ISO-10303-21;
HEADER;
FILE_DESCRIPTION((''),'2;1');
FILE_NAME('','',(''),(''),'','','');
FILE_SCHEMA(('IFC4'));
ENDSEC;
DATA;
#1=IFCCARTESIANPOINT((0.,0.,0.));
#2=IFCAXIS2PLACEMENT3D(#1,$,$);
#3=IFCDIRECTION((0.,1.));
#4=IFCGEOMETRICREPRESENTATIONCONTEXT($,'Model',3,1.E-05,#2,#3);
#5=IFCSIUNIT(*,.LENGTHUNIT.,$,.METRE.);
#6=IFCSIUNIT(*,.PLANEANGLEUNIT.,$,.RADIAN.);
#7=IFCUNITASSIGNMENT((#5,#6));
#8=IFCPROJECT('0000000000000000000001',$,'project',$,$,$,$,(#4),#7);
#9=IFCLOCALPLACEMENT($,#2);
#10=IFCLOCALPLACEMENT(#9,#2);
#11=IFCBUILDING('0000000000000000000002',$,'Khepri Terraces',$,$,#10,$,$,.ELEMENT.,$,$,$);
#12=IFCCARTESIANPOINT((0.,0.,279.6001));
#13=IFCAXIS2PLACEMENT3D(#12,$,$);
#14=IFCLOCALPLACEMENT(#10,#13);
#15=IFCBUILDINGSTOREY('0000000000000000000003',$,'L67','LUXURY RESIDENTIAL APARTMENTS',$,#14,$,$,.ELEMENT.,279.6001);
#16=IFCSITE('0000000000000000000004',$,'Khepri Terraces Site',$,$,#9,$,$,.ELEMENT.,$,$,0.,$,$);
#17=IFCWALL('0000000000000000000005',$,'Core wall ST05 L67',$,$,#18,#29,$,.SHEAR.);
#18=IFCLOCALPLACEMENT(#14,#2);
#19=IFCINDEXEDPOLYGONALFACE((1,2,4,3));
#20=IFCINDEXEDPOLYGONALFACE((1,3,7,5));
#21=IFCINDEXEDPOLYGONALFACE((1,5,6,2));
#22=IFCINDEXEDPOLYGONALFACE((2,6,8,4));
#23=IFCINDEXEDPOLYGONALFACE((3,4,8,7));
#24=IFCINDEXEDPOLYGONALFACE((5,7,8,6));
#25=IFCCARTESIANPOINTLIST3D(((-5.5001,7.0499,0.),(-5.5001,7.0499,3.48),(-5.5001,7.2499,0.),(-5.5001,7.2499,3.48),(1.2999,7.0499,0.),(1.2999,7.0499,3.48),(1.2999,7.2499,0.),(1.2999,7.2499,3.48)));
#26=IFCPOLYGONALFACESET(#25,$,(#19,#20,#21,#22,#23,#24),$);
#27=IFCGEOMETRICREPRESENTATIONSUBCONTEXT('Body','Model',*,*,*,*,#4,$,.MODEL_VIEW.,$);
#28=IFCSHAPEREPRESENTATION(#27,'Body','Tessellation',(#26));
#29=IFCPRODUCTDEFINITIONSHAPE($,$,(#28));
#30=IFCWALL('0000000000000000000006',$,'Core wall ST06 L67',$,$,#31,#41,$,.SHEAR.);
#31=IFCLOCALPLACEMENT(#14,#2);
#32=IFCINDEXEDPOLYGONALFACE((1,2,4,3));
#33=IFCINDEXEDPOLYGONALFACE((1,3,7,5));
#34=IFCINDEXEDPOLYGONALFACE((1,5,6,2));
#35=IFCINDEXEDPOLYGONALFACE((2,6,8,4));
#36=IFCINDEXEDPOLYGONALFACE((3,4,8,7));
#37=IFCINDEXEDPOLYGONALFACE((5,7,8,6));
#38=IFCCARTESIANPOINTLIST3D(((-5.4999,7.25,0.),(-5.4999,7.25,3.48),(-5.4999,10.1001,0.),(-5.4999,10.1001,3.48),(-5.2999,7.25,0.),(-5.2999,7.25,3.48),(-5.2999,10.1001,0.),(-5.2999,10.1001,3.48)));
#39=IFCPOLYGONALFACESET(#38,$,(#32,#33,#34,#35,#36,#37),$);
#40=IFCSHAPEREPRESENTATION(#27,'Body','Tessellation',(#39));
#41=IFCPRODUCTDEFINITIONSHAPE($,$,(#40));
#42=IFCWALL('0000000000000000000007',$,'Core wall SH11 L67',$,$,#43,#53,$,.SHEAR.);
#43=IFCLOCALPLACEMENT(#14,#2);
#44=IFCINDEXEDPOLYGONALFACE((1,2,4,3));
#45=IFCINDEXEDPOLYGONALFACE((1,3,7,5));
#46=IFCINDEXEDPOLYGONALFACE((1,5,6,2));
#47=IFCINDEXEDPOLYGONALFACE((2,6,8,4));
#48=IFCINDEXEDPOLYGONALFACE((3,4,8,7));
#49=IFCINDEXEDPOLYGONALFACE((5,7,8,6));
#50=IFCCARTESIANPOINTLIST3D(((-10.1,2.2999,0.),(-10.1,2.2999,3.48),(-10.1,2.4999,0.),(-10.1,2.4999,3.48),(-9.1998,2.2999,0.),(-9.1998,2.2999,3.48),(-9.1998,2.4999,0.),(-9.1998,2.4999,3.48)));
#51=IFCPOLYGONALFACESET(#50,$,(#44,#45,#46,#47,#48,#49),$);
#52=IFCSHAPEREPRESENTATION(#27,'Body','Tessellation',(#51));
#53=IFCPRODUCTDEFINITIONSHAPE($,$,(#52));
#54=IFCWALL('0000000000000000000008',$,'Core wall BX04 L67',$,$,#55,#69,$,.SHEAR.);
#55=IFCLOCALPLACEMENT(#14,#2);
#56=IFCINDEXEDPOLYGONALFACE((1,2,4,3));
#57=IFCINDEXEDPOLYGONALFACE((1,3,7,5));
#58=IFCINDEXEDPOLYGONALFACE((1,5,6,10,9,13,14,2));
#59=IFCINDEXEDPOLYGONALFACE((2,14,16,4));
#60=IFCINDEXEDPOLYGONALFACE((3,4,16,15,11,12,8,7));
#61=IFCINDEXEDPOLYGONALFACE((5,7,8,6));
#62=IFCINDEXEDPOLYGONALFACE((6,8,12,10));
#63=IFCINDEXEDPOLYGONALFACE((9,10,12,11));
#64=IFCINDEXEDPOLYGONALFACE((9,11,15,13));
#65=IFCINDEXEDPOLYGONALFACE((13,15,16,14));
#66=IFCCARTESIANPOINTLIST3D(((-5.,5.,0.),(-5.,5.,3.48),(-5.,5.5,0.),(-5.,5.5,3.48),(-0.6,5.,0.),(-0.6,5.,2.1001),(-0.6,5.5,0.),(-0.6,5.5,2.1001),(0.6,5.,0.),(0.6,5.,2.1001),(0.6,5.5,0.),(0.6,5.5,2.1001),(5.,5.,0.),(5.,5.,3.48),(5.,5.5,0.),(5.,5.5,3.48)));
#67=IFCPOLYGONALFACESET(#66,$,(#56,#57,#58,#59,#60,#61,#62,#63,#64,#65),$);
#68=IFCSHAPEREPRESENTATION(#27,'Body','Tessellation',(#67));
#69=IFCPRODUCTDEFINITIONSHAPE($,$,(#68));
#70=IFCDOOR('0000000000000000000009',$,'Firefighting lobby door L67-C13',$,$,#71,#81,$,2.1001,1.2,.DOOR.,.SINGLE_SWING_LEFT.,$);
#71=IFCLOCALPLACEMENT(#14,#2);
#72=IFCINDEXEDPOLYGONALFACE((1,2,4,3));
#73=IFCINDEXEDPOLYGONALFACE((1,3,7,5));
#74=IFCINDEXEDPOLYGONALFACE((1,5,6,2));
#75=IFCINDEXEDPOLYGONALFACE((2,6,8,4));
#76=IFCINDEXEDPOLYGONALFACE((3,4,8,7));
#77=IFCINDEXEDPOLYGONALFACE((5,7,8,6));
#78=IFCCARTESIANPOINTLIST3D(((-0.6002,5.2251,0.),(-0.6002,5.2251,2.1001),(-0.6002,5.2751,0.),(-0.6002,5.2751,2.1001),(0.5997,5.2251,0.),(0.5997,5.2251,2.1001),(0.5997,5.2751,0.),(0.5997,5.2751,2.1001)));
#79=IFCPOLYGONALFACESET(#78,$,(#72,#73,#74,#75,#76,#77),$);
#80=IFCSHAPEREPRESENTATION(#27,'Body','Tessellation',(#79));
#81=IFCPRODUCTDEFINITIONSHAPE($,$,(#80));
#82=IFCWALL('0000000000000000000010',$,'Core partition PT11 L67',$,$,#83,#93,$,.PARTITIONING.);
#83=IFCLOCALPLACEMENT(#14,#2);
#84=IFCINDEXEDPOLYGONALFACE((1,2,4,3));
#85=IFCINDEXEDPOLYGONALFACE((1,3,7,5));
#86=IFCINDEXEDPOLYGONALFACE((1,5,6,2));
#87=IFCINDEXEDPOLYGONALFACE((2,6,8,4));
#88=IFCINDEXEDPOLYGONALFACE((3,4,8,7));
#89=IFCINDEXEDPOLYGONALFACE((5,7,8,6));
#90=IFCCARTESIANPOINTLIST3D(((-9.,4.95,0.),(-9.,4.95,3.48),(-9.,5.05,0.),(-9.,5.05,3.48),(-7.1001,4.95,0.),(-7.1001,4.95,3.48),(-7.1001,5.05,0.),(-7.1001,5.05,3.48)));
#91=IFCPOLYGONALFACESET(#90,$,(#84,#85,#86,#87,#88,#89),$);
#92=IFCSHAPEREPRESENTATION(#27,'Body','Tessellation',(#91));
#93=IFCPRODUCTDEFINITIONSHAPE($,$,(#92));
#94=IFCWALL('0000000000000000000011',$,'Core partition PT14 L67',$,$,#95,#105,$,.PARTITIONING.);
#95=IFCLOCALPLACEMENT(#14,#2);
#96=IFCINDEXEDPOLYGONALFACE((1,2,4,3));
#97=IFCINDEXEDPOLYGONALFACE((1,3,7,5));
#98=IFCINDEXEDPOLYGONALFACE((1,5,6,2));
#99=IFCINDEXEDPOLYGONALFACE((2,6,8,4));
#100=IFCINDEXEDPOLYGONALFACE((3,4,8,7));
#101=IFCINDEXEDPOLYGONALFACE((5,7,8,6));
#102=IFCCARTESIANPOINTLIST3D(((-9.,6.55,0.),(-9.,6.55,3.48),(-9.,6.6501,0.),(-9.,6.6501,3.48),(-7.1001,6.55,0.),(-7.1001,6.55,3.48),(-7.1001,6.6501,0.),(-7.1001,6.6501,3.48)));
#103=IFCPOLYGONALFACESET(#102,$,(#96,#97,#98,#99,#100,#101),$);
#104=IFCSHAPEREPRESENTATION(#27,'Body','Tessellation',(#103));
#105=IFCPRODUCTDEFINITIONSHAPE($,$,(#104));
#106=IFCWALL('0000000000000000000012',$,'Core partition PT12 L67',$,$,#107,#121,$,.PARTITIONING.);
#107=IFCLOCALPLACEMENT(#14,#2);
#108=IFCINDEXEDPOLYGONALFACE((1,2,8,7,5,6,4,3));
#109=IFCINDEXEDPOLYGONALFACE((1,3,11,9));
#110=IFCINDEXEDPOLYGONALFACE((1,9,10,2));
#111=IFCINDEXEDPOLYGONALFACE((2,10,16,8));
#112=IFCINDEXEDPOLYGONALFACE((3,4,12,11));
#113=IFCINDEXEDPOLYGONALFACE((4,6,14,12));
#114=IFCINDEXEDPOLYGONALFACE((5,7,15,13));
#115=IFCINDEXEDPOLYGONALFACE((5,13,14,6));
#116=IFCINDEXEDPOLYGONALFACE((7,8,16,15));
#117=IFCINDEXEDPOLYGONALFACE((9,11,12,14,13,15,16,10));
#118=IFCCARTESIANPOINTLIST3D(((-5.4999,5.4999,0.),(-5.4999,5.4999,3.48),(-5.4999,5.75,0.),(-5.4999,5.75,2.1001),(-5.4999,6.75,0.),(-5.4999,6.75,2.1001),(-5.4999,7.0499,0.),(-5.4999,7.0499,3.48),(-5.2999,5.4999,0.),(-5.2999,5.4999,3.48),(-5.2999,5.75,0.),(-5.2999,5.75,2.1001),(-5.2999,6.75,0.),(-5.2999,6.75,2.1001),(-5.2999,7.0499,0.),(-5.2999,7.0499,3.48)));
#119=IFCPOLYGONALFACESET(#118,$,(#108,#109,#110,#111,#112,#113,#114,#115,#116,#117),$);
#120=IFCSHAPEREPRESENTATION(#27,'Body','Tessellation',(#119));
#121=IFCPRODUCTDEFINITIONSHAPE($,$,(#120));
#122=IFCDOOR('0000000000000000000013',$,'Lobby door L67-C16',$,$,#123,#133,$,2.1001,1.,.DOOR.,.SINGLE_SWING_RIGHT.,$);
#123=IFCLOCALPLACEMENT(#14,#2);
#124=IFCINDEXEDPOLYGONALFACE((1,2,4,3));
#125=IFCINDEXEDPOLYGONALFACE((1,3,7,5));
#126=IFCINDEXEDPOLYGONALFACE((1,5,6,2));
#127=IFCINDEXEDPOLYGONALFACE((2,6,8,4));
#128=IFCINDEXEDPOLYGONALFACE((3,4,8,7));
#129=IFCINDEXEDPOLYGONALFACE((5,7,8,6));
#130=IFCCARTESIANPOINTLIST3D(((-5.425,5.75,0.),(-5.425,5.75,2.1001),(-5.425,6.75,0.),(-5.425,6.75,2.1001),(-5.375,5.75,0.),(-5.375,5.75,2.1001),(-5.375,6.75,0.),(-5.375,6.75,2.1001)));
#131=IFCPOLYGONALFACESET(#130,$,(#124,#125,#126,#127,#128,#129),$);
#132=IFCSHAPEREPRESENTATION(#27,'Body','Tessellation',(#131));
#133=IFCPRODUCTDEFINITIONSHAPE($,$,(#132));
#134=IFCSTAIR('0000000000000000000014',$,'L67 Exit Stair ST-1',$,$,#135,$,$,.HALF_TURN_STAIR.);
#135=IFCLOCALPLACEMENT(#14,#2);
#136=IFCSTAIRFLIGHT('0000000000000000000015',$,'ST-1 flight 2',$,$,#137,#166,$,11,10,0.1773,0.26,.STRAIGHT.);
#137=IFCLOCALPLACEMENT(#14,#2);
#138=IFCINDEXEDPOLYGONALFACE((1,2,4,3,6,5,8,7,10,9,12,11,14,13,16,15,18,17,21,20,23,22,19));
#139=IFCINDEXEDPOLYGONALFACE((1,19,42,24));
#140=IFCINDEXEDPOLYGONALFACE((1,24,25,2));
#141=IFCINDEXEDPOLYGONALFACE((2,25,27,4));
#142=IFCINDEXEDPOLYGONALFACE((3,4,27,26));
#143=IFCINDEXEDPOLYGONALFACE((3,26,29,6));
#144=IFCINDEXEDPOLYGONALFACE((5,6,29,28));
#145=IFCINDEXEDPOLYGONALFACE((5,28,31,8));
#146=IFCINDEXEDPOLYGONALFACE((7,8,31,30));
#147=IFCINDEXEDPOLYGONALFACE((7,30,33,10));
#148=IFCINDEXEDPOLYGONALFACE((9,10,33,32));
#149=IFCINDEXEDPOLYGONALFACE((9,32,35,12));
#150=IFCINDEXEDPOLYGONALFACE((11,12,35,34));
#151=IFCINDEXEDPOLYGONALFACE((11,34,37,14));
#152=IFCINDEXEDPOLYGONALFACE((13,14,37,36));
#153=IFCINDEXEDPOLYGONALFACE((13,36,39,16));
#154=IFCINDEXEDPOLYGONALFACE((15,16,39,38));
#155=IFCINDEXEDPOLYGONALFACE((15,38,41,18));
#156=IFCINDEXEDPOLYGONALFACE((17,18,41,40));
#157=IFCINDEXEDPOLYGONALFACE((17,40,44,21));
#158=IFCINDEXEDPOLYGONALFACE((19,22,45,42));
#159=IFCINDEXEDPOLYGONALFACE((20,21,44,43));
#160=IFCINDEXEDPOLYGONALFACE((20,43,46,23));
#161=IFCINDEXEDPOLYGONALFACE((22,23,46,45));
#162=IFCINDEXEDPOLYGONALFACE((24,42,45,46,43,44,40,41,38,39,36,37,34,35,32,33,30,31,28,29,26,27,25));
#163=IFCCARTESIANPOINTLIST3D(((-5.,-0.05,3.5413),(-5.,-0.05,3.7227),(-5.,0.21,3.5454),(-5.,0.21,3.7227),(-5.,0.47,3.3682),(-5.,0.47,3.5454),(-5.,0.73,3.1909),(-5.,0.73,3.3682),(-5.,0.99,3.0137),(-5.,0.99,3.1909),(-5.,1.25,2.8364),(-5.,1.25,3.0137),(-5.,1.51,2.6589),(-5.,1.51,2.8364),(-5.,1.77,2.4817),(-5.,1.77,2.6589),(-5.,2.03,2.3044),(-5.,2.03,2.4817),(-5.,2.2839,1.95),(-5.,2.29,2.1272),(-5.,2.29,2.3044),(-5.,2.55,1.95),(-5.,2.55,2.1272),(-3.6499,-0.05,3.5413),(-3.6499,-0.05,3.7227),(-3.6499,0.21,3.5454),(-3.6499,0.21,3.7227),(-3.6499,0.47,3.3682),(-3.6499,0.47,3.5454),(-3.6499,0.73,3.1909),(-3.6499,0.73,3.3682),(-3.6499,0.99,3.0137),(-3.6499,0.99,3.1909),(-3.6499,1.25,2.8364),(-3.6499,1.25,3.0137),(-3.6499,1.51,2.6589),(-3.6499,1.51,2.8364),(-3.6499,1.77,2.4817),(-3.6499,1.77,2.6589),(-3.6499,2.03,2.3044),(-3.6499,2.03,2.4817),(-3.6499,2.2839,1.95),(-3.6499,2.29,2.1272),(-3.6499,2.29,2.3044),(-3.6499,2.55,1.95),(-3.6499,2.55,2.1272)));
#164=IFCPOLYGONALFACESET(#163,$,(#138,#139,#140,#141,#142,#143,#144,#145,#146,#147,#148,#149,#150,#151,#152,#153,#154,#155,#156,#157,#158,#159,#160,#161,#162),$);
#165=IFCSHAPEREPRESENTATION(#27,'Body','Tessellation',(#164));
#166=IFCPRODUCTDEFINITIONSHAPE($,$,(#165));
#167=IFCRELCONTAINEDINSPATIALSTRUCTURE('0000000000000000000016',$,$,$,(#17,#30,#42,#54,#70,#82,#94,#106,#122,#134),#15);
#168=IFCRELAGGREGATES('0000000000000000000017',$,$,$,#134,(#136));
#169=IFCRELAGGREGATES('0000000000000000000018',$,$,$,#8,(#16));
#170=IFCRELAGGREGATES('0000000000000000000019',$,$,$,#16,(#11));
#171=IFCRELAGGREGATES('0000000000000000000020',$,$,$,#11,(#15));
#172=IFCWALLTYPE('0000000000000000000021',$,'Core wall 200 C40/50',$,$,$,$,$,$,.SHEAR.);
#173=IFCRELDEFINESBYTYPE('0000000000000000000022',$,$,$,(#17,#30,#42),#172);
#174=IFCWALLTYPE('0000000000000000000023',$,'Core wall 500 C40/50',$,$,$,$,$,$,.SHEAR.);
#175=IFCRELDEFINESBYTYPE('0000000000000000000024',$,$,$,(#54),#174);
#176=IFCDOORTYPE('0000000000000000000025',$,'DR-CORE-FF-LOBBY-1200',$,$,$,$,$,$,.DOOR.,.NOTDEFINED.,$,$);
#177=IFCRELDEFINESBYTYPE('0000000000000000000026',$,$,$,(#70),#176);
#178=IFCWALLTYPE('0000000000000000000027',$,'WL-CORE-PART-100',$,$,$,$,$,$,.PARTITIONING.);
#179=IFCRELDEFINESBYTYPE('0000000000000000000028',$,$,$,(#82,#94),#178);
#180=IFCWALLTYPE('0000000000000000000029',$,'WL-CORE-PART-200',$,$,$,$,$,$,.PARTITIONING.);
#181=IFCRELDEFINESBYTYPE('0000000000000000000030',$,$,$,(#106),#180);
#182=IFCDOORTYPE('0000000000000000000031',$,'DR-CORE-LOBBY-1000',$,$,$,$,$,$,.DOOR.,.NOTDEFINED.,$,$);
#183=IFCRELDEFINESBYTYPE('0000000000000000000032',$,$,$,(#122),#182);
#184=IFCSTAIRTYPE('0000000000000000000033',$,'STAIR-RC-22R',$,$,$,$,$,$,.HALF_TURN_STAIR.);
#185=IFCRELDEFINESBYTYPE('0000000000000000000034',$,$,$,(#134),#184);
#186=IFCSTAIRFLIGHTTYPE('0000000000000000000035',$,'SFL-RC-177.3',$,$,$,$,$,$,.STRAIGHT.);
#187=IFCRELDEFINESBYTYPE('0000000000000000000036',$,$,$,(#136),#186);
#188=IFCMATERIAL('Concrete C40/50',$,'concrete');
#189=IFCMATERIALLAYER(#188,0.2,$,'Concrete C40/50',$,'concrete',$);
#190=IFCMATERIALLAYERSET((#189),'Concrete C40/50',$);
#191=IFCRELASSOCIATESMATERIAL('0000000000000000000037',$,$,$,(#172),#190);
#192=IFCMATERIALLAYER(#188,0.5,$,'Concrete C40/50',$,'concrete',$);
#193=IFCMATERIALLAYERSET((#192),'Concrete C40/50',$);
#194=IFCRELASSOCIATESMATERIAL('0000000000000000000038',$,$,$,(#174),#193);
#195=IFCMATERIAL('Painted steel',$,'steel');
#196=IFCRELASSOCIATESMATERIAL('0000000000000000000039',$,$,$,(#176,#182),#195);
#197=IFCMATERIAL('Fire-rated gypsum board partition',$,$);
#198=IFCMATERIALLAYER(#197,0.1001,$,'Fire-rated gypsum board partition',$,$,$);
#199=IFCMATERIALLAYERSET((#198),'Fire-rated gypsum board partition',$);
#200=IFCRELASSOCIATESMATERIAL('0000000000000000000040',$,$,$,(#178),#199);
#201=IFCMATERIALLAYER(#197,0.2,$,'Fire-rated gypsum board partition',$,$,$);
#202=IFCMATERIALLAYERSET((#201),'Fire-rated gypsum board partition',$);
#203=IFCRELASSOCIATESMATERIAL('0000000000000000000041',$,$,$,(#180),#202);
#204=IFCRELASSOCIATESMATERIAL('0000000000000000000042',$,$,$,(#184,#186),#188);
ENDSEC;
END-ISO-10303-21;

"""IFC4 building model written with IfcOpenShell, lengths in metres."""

from ifc_helpers import new_model, si_unit, direction, frame, frame_2d, origin, place, context, subcontext, project, spatial, polyline, rectangle, outline, extrude, material, layer, layer_set, type_object, element, fill, aggregate, save


model = new_model("IFC4")

# Units and contexts
model_context = context("Model", 3, precision=1e-05, world=origin(), true_north=direction((0.0, 1.0)))
body_context = subcontext(model_context, "Body", "Model", "MODEL_VIEW")
ifc_project = project(units=[si_unit("LENGTHUNIT", "METRE"), si_unit("PLANEANGLEUNIT", "RADIAN")], contexts=[model_context])

# Site, building, storey
site_placement = place(None, origin())
site = spatial("IfcSite", under=ifc_project, at=site_placement, Name="Khepri Terraces Site", CompositionType="ELEMENT", RefElevation=0.0)
building_placement = place(site_placement, origin())
building = spatial("IfcBuilding", under=site, at=building_placement, Name="Khepri Terraces", CompositionType="ELEMENT")
storey_placement = place(building_placement, frame((0.0, 0.0, 279.6001)))
storey = spatial("IfcBuildingStorey", under=building, at=storey_placement, Name="L67", Description="LUXURY RESIDENTIAL APARTMENTS", CompositionType="ELEMENT", Elevation=279.6001)

# Walls
ifc_material_1 = material(Name="Concrete C40/50", Category="concrete")
ifc_layer_1 = layer(ifc_material_1, 0.2, Name="Concrete C40/50", Category="concrete")
ifc_layer_set_1 = layer_set([ifc_layer_1], Name="Concrete C40/50")
wall_type_1 = type_object("IfcWallType", Name="Core wall 200 C40/50", PredefinedType="SHEAR", material=ifc_layer_set_1)
wall_1_placement = place(storey_placement, frame((-5.5, 7.1499, 0.0), z_axis=(0.0, 0.0, 1.0), x_axis=(1.0, 0.0, 0.0)))
element("IfcWall", 1, at=wall_1_placement, inside=storey, type_object=wall_type_1, Name="Core wall ST05 L67", PredefinedType="SHEAR", context=body_context, shape_type="SweptSolid", body=[
    extrude(rectangle(XDim=6.8, YDim=0.2, at=frame_2d((3.3999, 0.0))), origin(), (0.0, 0.0, 1.0), 3.48),
])
wall_2_placement = place(storey_placement, frame((-5.3999, 7.25, 0.0), z_axis=(0.0, 0.0, 1.0), x_axis=(0.0, 1.0, 0.0)))
element("IfcWall", 2, at=wall_2_placement, inside=storey, type_object=wall_type_1, Name="Core wall ST06 L67", PredefinedType="SHEAR", context=body_context, shape_type="SweptSolid", body=[
    extrude(rectangle(XDim=2.8501, YDim=0.2, at=frame_2d((1.425, 0.0))), origin(), (0.0, 0.0, 1.0), 3.48),
])
wall_3_placement = place(storey_placement, frame((-10.1001, 2.3999, 0.0), z_axis=(0.0, 0.0, 1.0), x_axis=(1.0, 0.0, 0.0)))
element("IfcWall", 3, at=wall_3_placement, inside=storey, type_object=wall_type_1, Name="Core wall SH11 L67", PredefinedType="SHEAR", context=body_context, shape_type="SweptSolid", body=[
    extrude(rectangle(XDim=0.9001, YDim=0.2, at=frame_2d((0.4502, 0.0))), origin(), (0.0, 0.0, 1.0), 3.48),
])

# Wall, opening, door
ifc_layer_2 = layer(ifc_material_1, 0.5, Name="Concrete C40/50", Category="concrete")
ifc_layer_set_2 = layer_set([ifc_layer_2], Name="Concrete C40/50")
wall_type_2 = type_object("IfcWallType", Name="Core wall 500 C40/50", PredefinedType="SHEAR", material=ifc_layer_set_2)
wall_4_placement = place(storey_placement, frame((-5.0, 5.25, 0.0), z_axis=(0.0, 0.0, 1.0), x_axis=(1.0, 0.0, 0.0)))
wall_4 = element("IfcWall", 4, at=wall_4_placement, inside=storey, type_object=wall_type_2, Name="Core wall BX04 L67", PredefinedType="SHEAR", context=body_context, shape_type="SweptSolid", body=[
    extrude(rectangle(XDim=10.0, YDim=0.5, at=frame_2d((5.0, 0.0))), origin(), (0.0, 0.0, 1.0), 3.48),
])
opening_1_placement = place(wall_4_placement, frame((4.3999, 0.0, 0.0)))
opening_1 = element("IfcOpeningElement", 5, at=opening_1_placement, cuts=wall_4, PredefinedType="OPENING", context=body_context, shape_type="SweptSolid", body=[
    extrude(rectangle(XDim=1.2, YDim=2.1001, at=frame_2d((0.6001, 1.05))), frame((0.0, 0.26, 0.0), z_axis=(0.0, -1.0, 0.0), x_axis=(1.0, 0.0, 0.0)), (0.0, 0.0, 1.0), 0.52),
])
ifc_material_2 = material(Name="Painted steel", Category="steel")
door_type_1 = type_object("IfcDoorType", Name="DR-CORE-FF-LOBBY-1200", OperationType="NOTDEFINED", PredefinedType="DOOR", material=ifc_material_2)
door_1_placement = place(opening_1_placement, frame((1.2, 0.0, 0.0), z_axis=(0.0, 0.0, 1.0), x_axis=(-1.0, 0.0, 0.0)))
door_1 = element("IfcDoor", 6, at=door_1_placement, inside=storey, type_object=door_type_1, Name="Firefighting lobby door L67-C13", OperationType="SINGLE_SWING_LEFT", OverallHeight=2.1001, OverallWidth=1.2, PredefinedType="DOOR", context=body_context, shape_type="SweptSolid", body=[
    extrude(rectangle(XDim=1.2, YDim=2.1001, at=frame_2d((0.6001, 1.05))), frame((0.0, 0.0249, 0.0), z_axis=(0.0, -1.0, 0.0), x_axis=(1.0, 0.0, 0.0)), (0.0, 0.0, 1.0), 0.05),
])
fill(opening_1, door_1)

# Walls
ifc_material_3 = material(Name="Fire-rated gypsum board partition")
ifc_layer_3 = layer(ifc_material_3, 0.1001, Name="Fire-rated gypsum board partition")
ifc_layer_set_3 = layer_set([ifc_layer_3], Name="Fire-rated gypsum board partition")
wall_type_3 = type_object("IfcWallType", Name="WL-CORE-PART-100", PredefinedType="PARTITIONING", material=ifc_layer_set_3)
for number, where, z_axis, x_axis, name in (
    (7, (-9.0, 5.0, 0.0), (0.0, 0.0, 1.0), (1.0, 0.0, 0.0), "Core partition PT11 L67"),
    (8, (-9.0, 6.6001, 0.0), (0.0, 0.0, 1.0), (1.0, 0.0, 0.0), "Core partition PT14 L67"),
):
    element("IfcWall", number, at=place(storey_placement, frame(where, z_axis=z_axis, x_axis=x_axis)), inside=storey, type_object=wall_type_3, Name=name, PredefinedType="PARTITIONING", context=body_context, shape_type="SweptSolid", body=[
        extrude(rectangle(XDim=1.8999, YDim=0.1001, at=frame_2d((0.95, 0.0))), origin(), (0.0, 0.0, 1.0), 3.48),
    ])

# Wall, opening, door
ifc_layer_4 = layer(ifc_material_3, 0.2, Name="Fire-rated gypsum board partition")
ifc_layer_set_4 = layer_set([ifc_layer_4], Name="Fire-rated gypsum board partition")
wall_type_4 = type_object("IfcWallType", Name="WL-CORE-PART-200", PredefinedType="PARTITIONING", material=ifc_layer_set_4)
wall_5_placement = place(storey_placement, frame((-5.3999, 5.5, 0.0), z_axis=(0.0, 0.0, 1.0), x_axis=(0.0, 1.0, 0.0)))
wall_5 = element("IfcWall", 9, at=wall_5_placement, inside=storey, type_object=wall_type_4, Name="Core partition PT12 L67", PredefinedType="PARTITIONING", context=body_context, shape_type="SweptSolid", body=[
    extrude(rectangle(XDim=1.55, YDim=0.2, at=frame_2d((0.7749, 0.0))), origin(), (0.0, 0.0, 1.0), 3.48),
])
opening_2_placement = place(wall_5_placement, frame((0.25, 0.0, 0.0)))
opening_2 = element("IfcOpeningElement", 10, at=opening_2_placement, cuts=wall_5, PredefinedType="OPENING", context=body_context, shape_type="SweptSolid", body=[
    extrude(rectangle(XDim=1.0, YDim=2.1001, at=frame_2d((0.5, 1.05))), frame((0.0, 0.1099, 0.0), z_axis=(0.0, -1.0, 0.0), x_axis=(1.0, 0.0, 0.0)), (0.0, 0.0, 1.0), 0.22),
])
door_type_2 = type_object("IfcDoorType", Name="DR-CORE-LOBBY-1000", OperationType="NOTDEFINED", PredefinedType="DOOR", material=ifc_material_2)
door_2_placement = place(opening_2_placement, frame((1.0, 0.0, 0.0), z_axis=(0.0, 0.0, 1.0), x_axis=(-1.0, 0.0, 0.0)))
door_2 = element("IfcDoor", 11, at=door_2_placement, inside=storey, type_object=door_type_2, Name="Lobby door L67-C16", OperationType="SINGLE_SWING_RIGHT", OverallHeight=2.1001, OverallWidth=1.0, PredefinedType="DOOR", context=body_context, shape_type="SweptSolid", body=[
    extrude(rectangle(XDim=1.0, YDim=2.1001, at=frame_2d((0.5, 1.05))), frame((0.0, 0.0249, 0.0), z_axis=(0.0, -1.0, 0.0), x_axis=(1.0, 0.0, 0.0)), (0.0, 0.0, 1.0), 0.05),
])
fill(opening_2, door_2)

# Stair, stair flight
stair_type = type_object("IfcStairType", Name="STAIR-RC-22R", PredefinedType="HALF_TURN_STAIR", material=ifc_material_1)
stair_1_placement = place(storey_placement, origin())
stair_1 = element("IfcStair", 12, at=stair_1_placement, inside=storey, type_object=stair_type, Name="L67 Exit Stair ST-1", PredefinedType="HALF_TURN_STAIR")
stair_flight_type = type_object("IfcStairFlightType", Name="SFL-RC-177.3", PredefinedType="STRAIGHT", material=ifc_material_1)
stair_flight_1_placement = place(storey_placement, frame((-4.325, 2.55, 1.95), z_axis=(0.0, 0.0, 1.0), x_axis=(0.0, -1.0, 0.0)))
stair_flight_1 = element("IfcStairFlight", 13, at=stair_flight_1_placement, type_object=stair_flight_type, Name="ST-1 flight 2", NumberOfRisers=11, NumberOfTreads=10, PredefinedType="STRAIGHT", RiserHeight=0.1773, TreadLength=0.26, context=body_context, shape_type="SweptSolid", body=[
    extrude(outline(polyline([(0.0, 0.0), (0.0, 0.1772), (0.26, 0.1772), (0.26, 0.3545), (0.52, 0.3545), (0.52, 0.5317), (0.78, 0.5317), (0.78, 0.709), (1.04, 0.709), (1.04, 0.8865), (1.3, 0.8865), (1.3, 1.0637), (1.5601, 1.0637), (1.5601, 1.241), (1.8201, 1.241), (1.8201, 1.4182), (2.0801, 1.4182), (2.0801, 1.5955), (2.3401, 1.5955), (2.3401, 1.7727), (2.6001, 1.7727), (2.6001, 1.95), (2.6001, 1.5913), (0.2661, 0.0), (0.0, 0.0)])), frame((0.0, 0.675, 0.0), z_axis=(0.0, -1.0, 0.0), x_axis=(1.0, 0.0, 0.0)), (0.0, 0.0, 1.0), 1.3501),
])
aggregate(stair_1, [stair_flight_1])

save(model, "model.ifc")
